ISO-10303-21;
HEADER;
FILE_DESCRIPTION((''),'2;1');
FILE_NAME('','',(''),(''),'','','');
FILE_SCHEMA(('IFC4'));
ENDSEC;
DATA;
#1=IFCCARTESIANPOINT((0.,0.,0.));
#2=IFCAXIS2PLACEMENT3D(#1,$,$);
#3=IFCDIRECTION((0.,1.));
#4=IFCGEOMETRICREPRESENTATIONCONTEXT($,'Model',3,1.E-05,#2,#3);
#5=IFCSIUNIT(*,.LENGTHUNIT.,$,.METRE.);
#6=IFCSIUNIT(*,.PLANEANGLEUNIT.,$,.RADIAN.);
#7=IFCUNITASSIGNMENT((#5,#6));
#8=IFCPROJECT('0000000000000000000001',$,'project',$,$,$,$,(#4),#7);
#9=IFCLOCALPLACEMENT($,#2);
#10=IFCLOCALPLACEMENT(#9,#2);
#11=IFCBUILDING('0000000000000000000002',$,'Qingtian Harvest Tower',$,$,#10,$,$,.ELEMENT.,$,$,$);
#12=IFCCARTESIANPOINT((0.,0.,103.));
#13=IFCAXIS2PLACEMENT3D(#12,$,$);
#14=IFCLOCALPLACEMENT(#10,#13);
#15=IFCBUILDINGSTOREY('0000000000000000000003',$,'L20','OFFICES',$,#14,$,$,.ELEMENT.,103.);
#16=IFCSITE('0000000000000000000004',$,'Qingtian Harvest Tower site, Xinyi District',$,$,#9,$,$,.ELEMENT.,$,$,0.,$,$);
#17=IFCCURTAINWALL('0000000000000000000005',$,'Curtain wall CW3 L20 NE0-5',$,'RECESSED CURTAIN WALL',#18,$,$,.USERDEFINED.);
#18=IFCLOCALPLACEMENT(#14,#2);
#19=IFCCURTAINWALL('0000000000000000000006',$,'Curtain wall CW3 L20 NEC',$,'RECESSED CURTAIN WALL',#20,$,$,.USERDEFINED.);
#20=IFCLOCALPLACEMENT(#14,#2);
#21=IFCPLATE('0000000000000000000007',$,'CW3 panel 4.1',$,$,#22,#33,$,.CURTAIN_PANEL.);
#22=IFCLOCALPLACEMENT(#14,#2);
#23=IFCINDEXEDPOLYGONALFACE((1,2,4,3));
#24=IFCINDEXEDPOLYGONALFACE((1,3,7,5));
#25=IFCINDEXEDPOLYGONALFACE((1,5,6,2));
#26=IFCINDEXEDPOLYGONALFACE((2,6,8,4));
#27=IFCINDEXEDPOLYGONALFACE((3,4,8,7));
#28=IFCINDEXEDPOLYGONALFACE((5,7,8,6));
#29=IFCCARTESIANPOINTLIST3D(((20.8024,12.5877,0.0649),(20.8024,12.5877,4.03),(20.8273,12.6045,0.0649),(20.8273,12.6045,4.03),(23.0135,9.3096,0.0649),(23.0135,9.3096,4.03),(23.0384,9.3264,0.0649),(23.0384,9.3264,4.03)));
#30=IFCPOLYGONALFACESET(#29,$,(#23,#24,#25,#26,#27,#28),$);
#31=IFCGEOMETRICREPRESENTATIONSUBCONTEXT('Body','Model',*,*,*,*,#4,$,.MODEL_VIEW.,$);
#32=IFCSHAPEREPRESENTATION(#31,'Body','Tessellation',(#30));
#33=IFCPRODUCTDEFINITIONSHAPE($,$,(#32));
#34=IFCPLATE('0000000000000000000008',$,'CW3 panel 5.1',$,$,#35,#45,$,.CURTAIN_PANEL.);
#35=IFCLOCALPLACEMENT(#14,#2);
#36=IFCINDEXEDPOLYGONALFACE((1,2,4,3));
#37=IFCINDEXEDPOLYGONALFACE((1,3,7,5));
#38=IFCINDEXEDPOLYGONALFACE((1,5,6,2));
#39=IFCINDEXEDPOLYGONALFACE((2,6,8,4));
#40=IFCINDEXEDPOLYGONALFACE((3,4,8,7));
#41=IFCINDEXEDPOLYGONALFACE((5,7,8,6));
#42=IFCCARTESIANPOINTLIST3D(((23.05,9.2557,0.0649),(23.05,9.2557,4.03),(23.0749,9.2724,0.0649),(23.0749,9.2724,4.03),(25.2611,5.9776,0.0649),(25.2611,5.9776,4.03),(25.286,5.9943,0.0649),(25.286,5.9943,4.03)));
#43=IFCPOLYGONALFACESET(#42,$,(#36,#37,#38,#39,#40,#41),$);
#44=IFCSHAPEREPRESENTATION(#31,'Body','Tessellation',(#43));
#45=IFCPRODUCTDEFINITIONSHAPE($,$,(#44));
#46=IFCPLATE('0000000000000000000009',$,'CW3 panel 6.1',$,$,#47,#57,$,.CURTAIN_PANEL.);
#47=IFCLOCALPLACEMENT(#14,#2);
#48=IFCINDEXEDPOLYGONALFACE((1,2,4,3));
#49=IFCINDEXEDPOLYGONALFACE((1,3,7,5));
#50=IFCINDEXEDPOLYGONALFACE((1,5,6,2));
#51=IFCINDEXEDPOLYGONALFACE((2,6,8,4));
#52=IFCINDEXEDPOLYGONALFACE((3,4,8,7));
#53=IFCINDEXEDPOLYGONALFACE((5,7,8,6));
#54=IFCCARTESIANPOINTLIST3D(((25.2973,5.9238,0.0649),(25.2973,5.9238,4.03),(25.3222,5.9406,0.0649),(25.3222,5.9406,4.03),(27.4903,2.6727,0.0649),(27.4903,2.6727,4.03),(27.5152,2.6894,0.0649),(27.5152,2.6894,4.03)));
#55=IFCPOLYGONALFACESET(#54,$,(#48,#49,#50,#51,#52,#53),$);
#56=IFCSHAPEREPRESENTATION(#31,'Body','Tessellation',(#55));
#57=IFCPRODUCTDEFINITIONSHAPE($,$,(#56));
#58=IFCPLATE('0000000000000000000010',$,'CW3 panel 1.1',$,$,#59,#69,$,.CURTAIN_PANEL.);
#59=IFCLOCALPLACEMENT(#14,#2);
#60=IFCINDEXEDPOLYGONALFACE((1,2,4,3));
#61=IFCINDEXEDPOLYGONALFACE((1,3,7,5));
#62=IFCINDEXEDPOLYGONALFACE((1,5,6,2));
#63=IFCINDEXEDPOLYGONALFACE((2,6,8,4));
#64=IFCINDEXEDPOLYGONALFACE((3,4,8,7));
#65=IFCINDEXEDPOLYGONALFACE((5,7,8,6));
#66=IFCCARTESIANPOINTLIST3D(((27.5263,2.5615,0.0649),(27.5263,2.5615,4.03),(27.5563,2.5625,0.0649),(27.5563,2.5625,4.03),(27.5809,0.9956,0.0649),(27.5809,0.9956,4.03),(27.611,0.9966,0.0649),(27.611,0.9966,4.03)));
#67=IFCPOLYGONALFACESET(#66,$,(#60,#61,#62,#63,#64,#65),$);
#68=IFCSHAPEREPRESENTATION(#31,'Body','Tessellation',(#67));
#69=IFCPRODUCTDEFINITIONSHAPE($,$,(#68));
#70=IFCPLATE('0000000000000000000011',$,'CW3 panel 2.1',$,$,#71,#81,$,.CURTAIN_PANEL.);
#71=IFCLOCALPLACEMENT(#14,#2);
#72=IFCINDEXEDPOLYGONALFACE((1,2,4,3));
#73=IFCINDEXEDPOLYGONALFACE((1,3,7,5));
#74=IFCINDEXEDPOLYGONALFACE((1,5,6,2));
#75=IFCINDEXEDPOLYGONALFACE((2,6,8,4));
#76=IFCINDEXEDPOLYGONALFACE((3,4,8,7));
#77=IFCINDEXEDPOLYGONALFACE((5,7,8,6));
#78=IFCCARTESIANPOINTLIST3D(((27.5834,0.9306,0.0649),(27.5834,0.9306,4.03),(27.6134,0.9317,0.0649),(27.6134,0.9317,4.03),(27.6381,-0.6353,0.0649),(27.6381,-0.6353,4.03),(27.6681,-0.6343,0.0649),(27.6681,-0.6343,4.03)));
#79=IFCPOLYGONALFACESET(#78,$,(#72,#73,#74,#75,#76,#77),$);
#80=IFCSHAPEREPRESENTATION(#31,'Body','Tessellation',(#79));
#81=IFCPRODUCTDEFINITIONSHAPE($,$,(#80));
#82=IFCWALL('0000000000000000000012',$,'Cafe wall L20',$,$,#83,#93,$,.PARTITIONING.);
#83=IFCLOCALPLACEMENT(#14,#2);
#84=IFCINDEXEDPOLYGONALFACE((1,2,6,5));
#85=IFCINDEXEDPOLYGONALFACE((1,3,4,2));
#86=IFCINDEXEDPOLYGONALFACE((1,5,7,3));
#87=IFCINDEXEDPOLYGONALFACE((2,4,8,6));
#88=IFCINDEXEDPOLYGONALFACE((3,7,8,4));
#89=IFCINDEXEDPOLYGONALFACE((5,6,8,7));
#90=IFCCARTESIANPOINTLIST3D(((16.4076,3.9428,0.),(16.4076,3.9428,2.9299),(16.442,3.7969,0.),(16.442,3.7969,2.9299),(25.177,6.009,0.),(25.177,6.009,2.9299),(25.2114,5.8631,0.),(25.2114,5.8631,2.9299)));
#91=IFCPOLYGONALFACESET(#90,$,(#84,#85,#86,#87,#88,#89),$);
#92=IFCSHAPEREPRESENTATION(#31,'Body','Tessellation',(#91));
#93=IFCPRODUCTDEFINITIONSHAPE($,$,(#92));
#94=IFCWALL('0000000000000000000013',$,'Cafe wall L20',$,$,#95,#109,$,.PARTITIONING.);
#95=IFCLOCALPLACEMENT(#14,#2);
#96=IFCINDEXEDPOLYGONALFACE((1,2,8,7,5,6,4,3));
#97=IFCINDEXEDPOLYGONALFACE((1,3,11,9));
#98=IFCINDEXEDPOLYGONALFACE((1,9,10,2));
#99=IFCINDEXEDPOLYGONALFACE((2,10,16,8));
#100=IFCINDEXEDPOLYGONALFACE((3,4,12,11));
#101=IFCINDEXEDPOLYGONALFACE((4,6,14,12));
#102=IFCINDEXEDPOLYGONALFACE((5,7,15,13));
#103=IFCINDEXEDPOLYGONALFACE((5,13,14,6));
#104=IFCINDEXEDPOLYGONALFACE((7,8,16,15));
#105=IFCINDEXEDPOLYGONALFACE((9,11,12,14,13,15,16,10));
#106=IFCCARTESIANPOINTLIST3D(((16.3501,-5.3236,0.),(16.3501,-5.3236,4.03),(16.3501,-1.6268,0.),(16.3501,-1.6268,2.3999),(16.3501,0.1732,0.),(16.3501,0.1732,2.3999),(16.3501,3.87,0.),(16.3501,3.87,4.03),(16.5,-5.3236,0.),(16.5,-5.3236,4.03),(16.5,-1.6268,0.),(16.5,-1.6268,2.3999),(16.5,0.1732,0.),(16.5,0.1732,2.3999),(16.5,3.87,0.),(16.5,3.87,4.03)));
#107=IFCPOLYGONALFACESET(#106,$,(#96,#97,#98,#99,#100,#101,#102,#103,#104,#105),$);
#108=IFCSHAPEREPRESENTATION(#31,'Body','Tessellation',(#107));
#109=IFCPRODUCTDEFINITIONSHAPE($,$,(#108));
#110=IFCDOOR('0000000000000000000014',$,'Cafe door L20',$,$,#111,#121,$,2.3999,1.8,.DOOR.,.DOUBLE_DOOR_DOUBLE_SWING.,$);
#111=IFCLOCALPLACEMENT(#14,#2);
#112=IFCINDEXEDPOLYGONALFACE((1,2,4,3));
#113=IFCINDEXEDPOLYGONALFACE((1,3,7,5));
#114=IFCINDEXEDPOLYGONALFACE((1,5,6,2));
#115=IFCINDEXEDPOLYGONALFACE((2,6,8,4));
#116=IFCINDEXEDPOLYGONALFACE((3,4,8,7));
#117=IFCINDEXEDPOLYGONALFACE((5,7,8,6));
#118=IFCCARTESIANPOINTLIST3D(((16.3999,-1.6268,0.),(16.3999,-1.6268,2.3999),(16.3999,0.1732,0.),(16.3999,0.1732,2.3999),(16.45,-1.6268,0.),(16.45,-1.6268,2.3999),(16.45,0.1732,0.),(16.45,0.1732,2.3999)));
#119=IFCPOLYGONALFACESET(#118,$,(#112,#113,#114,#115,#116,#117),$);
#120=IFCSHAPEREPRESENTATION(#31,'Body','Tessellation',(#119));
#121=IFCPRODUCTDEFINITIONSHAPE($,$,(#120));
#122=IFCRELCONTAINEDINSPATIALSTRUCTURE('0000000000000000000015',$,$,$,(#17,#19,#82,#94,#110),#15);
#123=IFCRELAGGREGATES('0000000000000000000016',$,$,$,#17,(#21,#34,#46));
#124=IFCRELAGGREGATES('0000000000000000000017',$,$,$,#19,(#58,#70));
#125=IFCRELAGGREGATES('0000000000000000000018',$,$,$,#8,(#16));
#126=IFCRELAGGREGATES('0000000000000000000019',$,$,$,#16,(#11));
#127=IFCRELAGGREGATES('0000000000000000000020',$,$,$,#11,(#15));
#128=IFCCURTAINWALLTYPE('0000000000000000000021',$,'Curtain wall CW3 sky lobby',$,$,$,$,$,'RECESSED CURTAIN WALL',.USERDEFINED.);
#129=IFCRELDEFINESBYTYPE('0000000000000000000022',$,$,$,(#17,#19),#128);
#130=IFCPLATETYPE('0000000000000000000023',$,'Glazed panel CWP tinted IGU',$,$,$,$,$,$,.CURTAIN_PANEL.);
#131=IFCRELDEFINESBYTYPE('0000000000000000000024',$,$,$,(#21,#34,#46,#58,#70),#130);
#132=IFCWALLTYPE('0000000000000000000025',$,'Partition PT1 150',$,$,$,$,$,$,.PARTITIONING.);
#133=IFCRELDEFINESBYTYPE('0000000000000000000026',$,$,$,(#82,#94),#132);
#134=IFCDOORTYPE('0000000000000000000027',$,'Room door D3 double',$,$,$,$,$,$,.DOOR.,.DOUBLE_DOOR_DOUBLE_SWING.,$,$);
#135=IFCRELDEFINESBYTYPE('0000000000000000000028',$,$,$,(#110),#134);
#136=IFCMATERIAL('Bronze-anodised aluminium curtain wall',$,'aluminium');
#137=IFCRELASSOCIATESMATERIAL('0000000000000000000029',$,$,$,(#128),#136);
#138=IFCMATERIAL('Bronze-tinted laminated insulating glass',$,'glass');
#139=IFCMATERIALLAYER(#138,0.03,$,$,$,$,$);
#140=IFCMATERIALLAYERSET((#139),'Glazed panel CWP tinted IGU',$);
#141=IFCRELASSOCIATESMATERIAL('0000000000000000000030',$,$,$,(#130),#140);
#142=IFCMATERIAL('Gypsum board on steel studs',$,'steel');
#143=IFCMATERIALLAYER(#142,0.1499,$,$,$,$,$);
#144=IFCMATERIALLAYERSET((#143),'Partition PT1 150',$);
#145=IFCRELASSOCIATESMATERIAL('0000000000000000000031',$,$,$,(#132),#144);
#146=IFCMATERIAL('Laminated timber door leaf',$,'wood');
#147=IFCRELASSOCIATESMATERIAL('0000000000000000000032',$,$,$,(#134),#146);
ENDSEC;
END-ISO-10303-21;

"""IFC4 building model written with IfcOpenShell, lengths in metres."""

from ifc_helpers import new_model, si_unit, direction, frame, frame_2d, origin, origin_2d, place, context, subcontext, project, spatial, rectangle, extrude, material, layer, layer_set, type_object, element, fill, aggregate, save


model = new_model("IFC4")

# Units and contexts
model_context = context("Model", 3, precision=1e-05, world=origin(), true_north=direction((0.0, 1.0)))
body_context = subcontext(model_context, "Body", "Model", "MODEL_VIEW")
ifc_project = project(units=[si_unit("LENGTHUNIT", "METRE"), si_unit("PLANEANGLEUNIT", "RADIAN")], contexts=[model_context])

# Site, building, storey
site_placement = place(None, origin())
site = spatial("IfcSite", under=ifc_project, at=site_placement, Name="Qingtian Harvest Tower site, Xinyi District", CompositionType="ELEMENT", RefElevation=0.0)
building_placement = place(site_placement, origin())
building = spatial("IfcBuilding", under=site, at=building_placement, Name="Qingtian Harvest Tower", CompositionType="ELEMENT")
storey_placement = place(building_placement, frame((0.0, 0.0, 103.0)))
storey = spatial("IfcBuildingStorey", under=building, at=storey_placement, Name="L20", Description="OFFICES", CompositionType="ELEMENT", Elevation=103.0)

# Curtain walls
ifc_material_1 = material(Name="Bronze-anodised aluminium curtain wall", Category="aluminium")
curtain_wall_type = type_object("IfcCurtainWallType", Name="Curtain wall CW3 sky lobby", ElementType="RECESSED CURTAIN WALL", PredefinedType="USERDEFINED", material=ifc_material_1)
curtain_wall_1_placement = place(storey_placement, origin())
curtain_wall_1 = element("IfcCurtainWall", 1, at=curtain_wall_1_placement, inside=storey, type_object=curtain_wall_type, Name="Curtain wall CW3 L20 NE0-5", ObjectType="RECESSED CURTAIN WALL", PredefinedType="USERDEFINED")
curtain_wall_2_placement = place(storey_placement, origin())
curtain_wall_2 = element("IfcCurtainWall", 2, at=curtain_wall_2_placement, inside=storey, type_object=curtain_wall_type, Name="Curtain wall CW3 L20 NEC", ObjectType="RECESSED CURTAIN WALL", PredefinedType="USERDEFINED")

# Plates
ifc_material_2 = material(Name="Bronze-tinted laminated insulating glass", Category="glass")
ifc_layer_1 = layer(ifc_material_2, 0.03)
ifc_layer_set_1 = layer_set([ifc_layer_1], Name="Glazed panel CWP tinted IGU")
plate_type = type_object("IfcPlateType", Name="Glazed panel CWP tinted IGU", PredefinedType="CURTAIN_PANEL", material=ifc_layer_set_1)
plate_1_placement = place(storey_placement, frame((21.9204, 10.957, 0.0649), z_axis=(0.0, 0.0, 1.0), x_axis=(0.559193, -0.829038, 0.0)))
plate_1 = element("IfcPlate", 3, at=plate_1_placement, type_object=plate_type, Name="CW3 panel 4.1", PredefinedType="CURTAIN_PANEL", context=body_context, shape_type="SweptSolid", body=[
    extrude(rectangle(XDim=3.9541, YDim=0.03, at=origin_2d()), origin(), (0.0, 0.0, 1.0), 3.9651),
])
plate_2_placement = place(storey_placement, frame((24.168, 7.625, 0.0649), z_axis=(0.0, 0.0, 1.0), x_axis=(0.559193, -0.829038, 0.0)))
plate_2 = element("IfcPlate", 4, at=plate_2_placement, type_object=plate_type, Name="CW3 panel 5.1", PredefinedType="CURTAIN_PANEL", context=body_context, shape_type="SweptSolid", body=[
    extrude(rectangle(XDim=3.9541, YDim=0.03, at=origin_2d()), origin(), (0.0, 0.0, 1.0), 3.9651),
])
plate_3_placement = place(storey_placement, frame((26.4062, 4.3066, 0.0649), z_axis=(0.0, 0.0, 1.0), x_axis=(0.559193, -0.829038, 0.0)))
plate_3 = element("IfcPlate", 5, at=plate_3_placement, type_object=plate_type, Name="CW3 panel 6.1", PredefinedType="CURTAIN_PANEL", context=body_context, shape_type="SweptSolid", body=[
    extrude(rectangle(XDim=3.9216, YDim=0.03, at=origin_2d()), origin(), (0.0, 0.0, 1.0), 3.9651),
])
aggregate(curtain_wall_1, [plate_1, plate_2, plate_3])
plate_4_placement = place(storey_placement, frame((27.5686, 1.7791, 0.0649), z_axis=(0.0, 0.0, 1.0), x_axis=(0.034899, -0.999391, 0.0)))
plate_4 = element("IfcPlate", 6, at=plate_4_placement, type_object=plate_type, Name="CW3 panel 1.1", PredefinedType="CURTAIN_PANEL", context=body_context, shape_type="SweptSolid", body=[
    extrude(rectangle(XDim=1.5669, YDim=0.03, at=origin_2d()), origin(), (0.0, 0.0, 1.0), 3.9651),
])
plate_5_placement = place(storey_placement, frame((27.6257, 0.1482, 0.0649), z_axis=(0.0, 0.0, 1.0), x_axis=(0.034899, -0.999391, 0.0)))
plate_5 = element("IfcPlate", 7, at=plate_5_placement, type_object=plate_type, Name="CW3 panel 2.1", PredefinedType="CURTAIN_PANEL", context=body_context, shape_type="SweptSolid", body=[
    extrude(rectangle(XDim=1.5669, YDim=0.03, at=origin_2d()), origin(), (0.0, 0.0, 1.0), 3.9651),
])
aggregate(curtain_wall_2, [plate_4, plate_5])

# Wall
ifc_material_3 = material(Name="Gypsum board on steel studs", Category="steel")
ifc_layer_2 = layer(ifc_material_3, 0.1499)
ifc_layer_set_2 = layer_set([ifc_layer_2], Name="Partition PT1 150")
wall_type = type_object("IfcWallType", Name="Partition PT1 150", PredefinedType="PARTITIONING", material=ifc_layer_set_2)
wall_1_placement = place(storey_placement, frame((25.1943, 5.936, 0.0), z_axis=(0.0, 0.0, 1.0), x_axis=(-0.973348, -0.229334, 0.0)))
element("IfcWall", 8, at=wall_1_placement, inside=storey, type_object=wall_type, Name="Cafe wall L20", PredefinedType="PARTITIONING", context=body_context, shape_type="SweptSolid", body=[
    extrude(rectangle(XDim=9.0095, YDim=0.1499, at=frame_2d((4.5049, 0.0))), origin(), (0.0, 0.0, 1.0), 2.9299),
])

# Wall, opening, door
wall_2_placement = place(storey_placement, frame((16.425, 3.8699, 0.0), z_axis=(0.0, 0.0, 1.0), x_axis=(0.0, -1.0, 0.0)))
wall_2 = element("IfcWall", 9, at=wall_2_placement, inside=storey, type_object=wall_type, Name="Cafe wall L20", PredefinedType="PARTITIONING", context=body_context, shape_type="SweptSolid", body=[
    extrude(rectangle(XDim=9.1936, YDim=0.1499, at=frame_2d((4.5967, 0.0))), origin(), (0.0, 0.0, 1.0), 4.03),
])
opening_placement = place(wall_2_placement, frame((3.6968, 0.0, 0.0)))
opening = element("IfcOpeningElement", 10, at=opening_placement, cuts=wall_2, PredefinedType="OPENING", context=body_context, shape_type="SweptSolid", body=[
    extrude(rectangle(XDim=1.8, YDim=2.3999, at=frame_2d((0.8999, 1.2))), frame((0.0, 0.085, 0.0), z_axis=(0.0, -1.0, 0.0), x_axis=(1.0, 0.0, 0.0)), (0.0, 0.0, 1.0), 0.1699),
])
ifc_material_4 = material(Name="Laminated timber door leaf", Category="wood")
door_type = type_object("IfcDoorType", Name="Room door D3 double", OperationType="DOUBLE_DOOR_DOUBLE_SWING", PredefinedType="DOOR", material=ifc_material_4)
door_placement = place(opening_placement, origin())
door = element("IfcDoor", 11, at=door_placement, inside=storey, type_object=door_type, Name="Cafe door L20", OperationType="DOUBLE_DOOR_DOUBLE_SWING", OverallHeight=2.3999, OverallWidth=1.8, PredefinedType="DOOR", context=body_context, shape_type="SweptSolid", body=[
    extrude(rectangle(XDim=1.8, YDim=2.3999, at=frame_2d((0.8999, 1.2))), frame((0.0, 0.0249, 0.0), z_axis=(0.0, -1.0, 0.0), x_axis=(1.0, 0.0, 0.0)), (0.0, 0.0, 1.0), 0.05),
])
fill(opening, door)

save(model, "model.ifc")
